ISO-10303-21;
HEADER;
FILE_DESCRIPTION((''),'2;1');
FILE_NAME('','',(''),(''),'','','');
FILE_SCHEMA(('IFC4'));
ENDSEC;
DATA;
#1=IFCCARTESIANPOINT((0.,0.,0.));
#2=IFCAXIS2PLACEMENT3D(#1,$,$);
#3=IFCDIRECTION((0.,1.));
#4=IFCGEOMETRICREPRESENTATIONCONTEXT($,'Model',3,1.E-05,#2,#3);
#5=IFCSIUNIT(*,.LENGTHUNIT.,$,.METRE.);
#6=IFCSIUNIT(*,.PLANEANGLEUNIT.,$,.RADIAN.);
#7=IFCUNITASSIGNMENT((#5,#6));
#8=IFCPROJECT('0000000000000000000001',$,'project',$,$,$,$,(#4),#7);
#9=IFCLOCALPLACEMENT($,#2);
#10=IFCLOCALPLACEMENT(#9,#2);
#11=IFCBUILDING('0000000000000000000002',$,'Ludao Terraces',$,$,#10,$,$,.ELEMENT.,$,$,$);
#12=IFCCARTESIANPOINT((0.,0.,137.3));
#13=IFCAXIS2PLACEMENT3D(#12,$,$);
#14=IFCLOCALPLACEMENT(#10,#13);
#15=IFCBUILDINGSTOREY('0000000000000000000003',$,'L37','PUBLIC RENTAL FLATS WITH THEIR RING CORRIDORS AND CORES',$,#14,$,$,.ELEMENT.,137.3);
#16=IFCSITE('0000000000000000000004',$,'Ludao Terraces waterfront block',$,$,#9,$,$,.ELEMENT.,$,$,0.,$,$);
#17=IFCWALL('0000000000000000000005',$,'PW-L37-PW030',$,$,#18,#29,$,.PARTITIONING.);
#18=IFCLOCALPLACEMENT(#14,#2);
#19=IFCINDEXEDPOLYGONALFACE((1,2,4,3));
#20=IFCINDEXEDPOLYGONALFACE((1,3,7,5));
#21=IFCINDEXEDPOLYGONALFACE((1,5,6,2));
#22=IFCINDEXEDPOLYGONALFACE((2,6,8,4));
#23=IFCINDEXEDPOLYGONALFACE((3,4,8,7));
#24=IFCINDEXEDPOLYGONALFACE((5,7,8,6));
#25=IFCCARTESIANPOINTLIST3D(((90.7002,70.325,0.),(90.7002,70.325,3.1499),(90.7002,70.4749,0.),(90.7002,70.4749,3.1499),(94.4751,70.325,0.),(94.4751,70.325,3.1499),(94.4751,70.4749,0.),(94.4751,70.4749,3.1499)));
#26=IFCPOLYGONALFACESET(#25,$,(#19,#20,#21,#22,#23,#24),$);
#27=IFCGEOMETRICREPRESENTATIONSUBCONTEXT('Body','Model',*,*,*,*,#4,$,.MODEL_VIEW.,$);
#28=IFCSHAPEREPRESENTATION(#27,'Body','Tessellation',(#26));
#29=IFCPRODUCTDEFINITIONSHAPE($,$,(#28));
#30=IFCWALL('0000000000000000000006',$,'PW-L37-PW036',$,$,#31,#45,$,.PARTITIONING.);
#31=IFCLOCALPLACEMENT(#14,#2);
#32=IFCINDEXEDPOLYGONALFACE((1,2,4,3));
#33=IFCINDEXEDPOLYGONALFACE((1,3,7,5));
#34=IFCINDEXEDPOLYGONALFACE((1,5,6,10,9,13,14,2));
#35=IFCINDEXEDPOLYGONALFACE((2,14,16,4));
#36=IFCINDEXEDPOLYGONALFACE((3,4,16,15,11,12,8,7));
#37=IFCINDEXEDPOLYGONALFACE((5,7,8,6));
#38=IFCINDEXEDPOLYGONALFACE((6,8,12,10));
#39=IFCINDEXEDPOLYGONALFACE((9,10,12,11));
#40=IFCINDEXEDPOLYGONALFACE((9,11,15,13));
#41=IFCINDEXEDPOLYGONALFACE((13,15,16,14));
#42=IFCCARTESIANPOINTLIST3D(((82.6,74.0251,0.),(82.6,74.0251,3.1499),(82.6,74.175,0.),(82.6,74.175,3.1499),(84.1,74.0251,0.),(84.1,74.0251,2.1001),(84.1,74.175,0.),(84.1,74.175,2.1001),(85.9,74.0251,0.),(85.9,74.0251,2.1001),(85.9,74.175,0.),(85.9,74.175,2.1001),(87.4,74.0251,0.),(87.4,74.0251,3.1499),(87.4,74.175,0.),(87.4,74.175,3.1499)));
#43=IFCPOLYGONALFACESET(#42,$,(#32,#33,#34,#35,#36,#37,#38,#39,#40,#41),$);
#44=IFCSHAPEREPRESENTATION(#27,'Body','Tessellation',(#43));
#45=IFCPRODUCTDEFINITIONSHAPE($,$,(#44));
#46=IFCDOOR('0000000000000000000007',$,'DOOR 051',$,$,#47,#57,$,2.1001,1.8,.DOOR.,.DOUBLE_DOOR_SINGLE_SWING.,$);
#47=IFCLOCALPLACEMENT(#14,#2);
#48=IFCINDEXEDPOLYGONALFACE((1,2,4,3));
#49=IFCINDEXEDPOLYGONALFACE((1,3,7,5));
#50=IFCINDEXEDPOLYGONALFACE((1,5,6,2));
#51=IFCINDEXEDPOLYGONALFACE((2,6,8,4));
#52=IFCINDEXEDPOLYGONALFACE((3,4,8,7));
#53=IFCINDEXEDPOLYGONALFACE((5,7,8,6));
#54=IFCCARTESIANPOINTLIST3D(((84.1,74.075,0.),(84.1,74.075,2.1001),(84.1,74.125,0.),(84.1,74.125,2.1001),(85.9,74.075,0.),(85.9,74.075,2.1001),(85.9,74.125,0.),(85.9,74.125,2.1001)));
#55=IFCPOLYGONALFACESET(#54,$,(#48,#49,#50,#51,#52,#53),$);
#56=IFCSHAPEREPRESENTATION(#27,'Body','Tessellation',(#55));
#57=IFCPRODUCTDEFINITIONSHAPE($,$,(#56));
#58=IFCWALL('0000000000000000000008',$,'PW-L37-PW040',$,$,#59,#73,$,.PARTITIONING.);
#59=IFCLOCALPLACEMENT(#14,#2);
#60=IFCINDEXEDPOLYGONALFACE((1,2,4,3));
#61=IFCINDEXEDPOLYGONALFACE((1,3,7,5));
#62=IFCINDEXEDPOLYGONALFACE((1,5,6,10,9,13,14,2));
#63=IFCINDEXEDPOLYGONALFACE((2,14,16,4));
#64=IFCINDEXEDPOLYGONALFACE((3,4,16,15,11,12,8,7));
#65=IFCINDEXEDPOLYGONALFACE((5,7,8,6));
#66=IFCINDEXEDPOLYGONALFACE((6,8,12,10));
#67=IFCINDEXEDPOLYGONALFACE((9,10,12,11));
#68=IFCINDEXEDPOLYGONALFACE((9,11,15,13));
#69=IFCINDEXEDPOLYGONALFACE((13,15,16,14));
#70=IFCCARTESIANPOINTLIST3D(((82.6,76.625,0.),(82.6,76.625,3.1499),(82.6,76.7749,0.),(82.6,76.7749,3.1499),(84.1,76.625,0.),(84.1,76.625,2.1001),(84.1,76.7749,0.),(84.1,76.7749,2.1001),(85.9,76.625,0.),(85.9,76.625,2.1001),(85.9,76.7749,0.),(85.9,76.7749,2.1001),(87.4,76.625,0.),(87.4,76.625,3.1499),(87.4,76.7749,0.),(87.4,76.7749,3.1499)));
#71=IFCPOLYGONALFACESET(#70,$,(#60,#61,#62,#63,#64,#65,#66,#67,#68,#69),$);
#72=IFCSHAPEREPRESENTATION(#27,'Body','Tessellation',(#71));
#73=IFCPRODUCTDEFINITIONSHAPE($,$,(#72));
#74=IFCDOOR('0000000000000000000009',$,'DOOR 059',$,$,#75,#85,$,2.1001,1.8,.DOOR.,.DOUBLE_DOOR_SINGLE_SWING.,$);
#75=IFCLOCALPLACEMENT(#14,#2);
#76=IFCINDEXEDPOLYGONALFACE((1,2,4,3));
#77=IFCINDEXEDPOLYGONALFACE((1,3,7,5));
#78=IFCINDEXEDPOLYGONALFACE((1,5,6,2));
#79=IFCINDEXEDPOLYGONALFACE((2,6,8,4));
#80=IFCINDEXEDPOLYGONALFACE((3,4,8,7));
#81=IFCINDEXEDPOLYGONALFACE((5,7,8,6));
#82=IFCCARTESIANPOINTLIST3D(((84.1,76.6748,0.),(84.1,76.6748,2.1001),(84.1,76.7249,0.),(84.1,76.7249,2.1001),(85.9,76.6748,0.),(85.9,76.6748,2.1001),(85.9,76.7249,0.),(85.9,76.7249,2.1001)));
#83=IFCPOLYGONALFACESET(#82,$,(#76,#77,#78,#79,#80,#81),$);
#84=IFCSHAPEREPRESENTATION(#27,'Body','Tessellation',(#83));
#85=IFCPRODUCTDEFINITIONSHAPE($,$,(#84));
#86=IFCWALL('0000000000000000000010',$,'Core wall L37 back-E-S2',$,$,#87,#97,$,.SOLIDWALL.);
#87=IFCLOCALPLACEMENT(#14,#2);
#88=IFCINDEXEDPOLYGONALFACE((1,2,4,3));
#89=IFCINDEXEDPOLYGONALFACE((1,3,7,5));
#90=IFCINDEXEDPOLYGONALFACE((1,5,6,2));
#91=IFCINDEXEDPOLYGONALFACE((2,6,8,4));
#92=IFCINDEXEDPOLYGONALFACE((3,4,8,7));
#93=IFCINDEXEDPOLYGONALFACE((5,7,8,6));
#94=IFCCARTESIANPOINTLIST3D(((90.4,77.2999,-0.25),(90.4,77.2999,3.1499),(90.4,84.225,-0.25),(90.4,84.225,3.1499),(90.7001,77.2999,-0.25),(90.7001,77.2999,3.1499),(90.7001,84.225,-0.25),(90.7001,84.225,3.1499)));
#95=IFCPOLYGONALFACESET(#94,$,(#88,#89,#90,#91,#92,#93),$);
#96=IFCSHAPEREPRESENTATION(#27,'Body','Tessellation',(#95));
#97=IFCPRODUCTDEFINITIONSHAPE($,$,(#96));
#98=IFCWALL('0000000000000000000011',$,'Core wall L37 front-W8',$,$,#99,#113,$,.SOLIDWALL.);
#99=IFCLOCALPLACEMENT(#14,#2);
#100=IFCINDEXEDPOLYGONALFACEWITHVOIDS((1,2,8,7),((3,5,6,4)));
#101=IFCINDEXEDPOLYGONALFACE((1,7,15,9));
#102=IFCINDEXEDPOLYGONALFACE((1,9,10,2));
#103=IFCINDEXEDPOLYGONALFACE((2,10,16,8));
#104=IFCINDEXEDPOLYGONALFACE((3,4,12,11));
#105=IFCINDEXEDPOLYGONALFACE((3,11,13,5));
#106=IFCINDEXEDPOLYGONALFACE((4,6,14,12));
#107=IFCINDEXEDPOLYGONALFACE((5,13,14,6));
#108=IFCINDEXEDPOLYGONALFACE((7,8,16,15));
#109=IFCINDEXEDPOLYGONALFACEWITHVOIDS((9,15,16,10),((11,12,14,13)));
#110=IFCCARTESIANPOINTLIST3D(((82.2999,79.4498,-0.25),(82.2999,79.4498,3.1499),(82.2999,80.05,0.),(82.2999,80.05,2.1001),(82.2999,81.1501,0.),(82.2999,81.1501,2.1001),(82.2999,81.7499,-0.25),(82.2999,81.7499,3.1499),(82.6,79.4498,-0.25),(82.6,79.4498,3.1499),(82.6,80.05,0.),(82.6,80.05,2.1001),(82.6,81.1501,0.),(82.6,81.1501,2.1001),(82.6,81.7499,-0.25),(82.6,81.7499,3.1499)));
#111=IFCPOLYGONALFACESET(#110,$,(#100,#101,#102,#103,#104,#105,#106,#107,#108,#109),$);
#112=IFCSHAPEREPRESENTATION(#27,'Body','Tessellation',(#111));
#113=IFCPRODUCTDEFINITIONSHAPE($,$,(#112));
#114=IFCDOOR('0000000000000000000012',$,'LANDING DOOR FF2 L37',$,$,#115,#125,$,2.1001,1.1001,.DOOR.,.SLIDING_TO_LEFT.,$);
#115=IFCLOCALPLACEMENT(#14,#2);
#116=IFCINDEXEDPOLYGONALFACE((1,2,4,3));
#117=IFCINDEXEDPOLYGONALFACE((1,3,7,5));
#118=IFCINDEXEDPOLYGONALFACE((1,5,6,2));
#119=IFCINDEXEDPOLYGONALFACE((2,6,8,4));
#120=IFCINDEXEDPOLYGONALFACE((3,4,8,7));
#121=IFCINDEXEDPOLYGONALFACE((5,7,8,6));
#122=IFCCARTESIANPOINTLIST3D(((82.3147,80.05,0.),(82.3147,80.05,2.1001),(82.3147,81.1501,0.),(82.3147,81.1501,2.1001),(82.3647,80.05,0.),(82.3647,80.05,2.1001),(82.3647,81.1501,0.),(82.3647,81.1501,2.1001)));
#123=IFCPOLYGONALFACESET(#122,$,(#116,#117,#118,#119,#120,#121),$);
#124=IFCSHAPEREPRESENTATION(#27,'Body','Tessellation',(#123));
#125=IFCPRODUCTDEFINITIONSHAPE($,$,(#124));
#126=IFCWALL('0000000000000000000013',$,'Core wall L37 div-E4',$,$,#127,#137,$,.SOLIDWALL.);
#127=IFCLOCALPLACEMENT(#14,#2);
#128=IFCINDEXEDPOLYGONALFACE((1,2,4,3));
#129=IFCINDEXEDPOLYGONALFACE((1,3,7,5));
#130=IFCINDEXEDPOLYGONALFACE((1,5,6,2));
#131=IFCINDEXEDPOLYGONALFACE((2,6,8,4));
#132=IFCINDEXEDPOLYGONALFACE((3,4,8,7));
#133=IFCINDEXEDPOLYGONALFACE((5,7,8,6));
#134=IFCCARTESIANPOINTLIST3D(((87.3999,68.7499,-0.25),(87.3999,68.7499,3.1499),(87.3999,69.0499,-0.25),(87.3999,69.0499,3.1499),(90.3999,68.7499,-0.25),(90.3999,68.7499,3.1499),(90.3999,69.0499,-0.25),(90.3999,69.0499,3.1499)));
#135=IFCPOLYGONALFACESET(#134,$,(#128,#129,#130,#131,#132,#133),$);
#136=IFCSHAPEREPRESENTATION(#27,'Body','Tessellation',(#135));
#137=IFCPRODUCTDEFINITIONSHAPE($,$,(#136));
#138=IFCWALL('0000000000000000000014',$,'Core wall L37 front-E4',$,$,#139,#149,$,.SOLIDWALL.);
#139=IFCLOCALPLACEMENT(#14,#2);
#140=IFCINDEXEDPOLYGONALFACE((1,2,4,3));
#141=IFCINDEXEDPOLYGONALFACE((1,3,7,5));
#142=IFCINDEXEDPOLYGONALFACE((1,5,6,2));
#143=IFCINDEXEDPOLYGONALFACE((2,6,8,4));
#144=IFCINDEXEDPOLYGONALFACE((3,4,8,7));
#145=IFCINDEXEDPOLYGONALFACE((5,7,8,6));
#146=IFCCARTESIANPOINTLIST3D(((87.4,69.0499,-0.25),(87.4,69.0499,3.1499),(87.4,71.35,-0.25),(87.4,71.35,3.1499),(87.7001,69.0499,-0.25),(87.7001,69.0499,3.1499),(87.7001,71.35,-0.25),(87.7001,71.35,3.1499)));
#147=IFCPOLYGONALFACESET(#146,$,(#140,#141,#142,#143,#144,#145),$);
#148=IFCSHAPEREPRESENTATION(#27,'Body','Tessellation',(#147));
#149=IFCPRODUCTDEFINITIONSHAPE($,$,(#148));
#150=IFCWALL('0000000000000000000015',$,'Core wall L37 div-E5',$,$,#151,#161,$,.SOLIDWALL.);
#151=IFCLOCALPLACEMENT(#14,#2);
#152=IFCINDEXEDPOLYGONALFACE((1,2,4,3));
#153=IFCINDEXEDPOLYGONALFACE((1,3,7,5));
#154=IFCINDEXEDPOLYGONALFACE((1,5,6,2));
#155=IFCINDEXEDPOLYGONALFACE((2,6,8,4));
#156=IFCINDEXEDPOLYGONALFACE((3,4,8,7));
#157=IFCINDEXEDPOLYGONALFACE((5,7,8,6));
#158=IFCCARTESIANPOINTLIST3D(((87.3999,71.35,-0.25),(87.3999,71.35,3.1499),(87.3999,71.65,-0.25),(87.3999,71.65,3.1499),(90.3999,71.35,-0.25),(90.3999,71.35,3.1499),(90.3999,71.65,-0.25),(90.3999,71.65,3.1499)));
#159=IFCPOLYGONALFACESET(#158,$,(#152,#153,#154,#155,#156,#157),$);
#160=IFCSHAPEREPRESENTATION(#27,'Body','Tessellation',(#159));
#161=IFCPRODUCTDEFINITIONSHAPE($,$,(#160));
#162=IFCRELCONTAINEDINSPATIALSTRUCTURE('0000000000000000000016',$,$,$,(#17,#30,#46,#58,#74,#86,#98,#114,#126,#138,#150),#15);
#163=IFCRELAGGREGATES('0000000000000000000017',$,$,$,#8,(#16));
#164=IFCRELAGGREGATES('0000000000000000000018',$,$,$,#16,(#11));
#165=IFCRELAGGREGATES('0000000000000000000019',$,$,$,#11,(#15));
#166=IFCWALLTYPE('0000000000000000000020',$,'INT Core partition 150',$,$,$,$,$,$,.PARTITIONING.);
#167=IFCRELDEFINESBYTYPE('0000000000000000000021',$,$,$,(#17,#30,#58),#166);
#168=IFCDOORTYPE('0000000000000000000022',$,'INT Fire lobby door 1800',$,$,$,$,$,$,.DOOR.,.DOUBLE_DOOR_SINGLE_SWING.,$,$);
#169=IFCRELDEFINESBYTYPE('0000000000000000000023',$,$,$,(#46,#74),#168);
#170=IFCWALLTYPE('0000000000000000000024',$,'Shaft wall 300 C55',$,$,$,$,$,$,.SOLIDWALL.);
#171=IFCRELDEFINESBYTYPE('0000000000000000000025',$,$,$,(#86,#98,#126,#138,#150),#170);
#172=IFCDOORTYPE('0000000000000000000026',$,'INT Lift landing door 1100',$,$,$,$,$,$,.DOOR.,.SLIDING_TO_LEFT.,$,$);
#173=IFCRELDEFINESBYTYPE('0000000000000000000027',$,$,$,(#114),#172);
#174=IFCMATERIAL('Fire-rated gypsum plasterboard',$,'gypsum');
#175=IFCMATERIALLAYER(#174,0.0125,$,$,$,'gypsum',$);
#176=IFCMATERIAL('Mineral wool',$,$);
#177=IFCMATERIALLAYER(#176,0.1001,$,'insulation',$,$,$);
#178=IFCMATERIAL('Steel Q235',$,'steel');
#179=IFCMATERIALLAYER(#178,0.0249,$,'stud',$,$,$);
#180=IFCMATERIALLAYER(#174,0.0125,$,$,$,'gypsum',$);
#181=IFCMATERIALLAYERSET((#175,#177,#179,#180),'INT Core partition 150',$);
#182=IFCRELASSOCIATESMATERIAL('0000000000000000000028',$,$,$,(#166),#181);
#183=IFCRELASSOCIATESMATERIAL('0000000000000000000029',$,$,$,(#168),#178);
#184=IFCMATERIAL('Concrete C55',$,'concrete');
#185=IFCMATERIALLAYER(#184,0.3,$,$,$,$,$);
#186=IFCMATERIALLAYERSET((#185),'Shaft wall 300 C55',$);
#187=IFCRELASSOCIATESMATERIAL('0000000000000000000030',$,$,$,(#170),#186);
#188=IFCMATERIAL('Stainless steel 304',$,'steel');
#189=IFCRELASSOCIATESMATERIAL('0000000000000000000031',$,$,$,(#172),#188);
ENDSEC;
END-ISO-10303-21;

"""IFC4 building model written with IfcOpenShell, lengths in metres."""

from ifc_helpers import new_model, si_unit, direction, frame, frame_2d, origin, place, context, subcontext, project, spatial, rectangle, extrude, material, layer, layer_set, type_object, element, fill, save


model = new_model("IFC4")

# Units and contexts
model_context = context("Model", 3, precision=1e-05, world=origin(), true_north=direction((0.0, 1.0)))
body_context = subcontext(model_context, "Body", "Model", "MODEL_VIEW")
ifc_project = project(units=[si_unit("LENGTHUNIT", "METRE"), si_unit("PLANEANGLEUNIT", "RADIAN")], contexts=[model_context])

# Site, building, storey
site_placement = place(None, origin())
site = spatial("IfcSite", under=ifc_project, at=site_placement, Name="Ludao Terraces waterfront block", CompositionType="ELEMENT", RefElevation=0.0)
building_placement = place(site_placement, origin())
building = spatial("IfcBuilding", under=site, at=building_placement, Name="Ludao Terraces", CompositionType="ELEMENT")
storey_placement = place(building_placement, frame((0.0, 0.0, 137.3)))
storey = spatial("IfcBuildingStorey", under=building, at=storey_placement, Name="L37", Description="PUBLIC RENTAL FLATS WITH THEIR RING CORRIDORS AND CORES", CompositionType="ELEMENT", Elevation=137.3)

# Wall
ifc_material_1 = material(Name="Fire-rated gypsum plasterboard", Category="gypsum")
ifc_layer_1 = layer(ifc_material_1, 0.0125, Category="gypsum")
ifc_material_2 = material(Name="Mineral wool")
ifc_layer_2 = layer(ifc_material_2, 0.1001, Name="insulation")
ifc_material_3 = material(Name="Steel Q235", Category="steel")
ifc_layer_3 = layer(ifc_material_3, 0.0249, Name="stud")
ifc_layer_4 = layer(ifc_material_1, 0.0125, Category="gypsum")
ifc_layer_set_1 = layer_set([ifc_layer_1, ifc_layer_2, ifc_layer_3, ifc_layer_4], Name="INT Core partition 150")
wall_type_1 = type_object("IfcWallType", Name="INT Core partition 150", PredefinedType="PARTITIONING", material=ifc_layer_set_1)
wall_1_placement = place(storey_placement, frame((90.7002, 70.3999, 0.0), z_axis=(0.0, 0.0, 1.0), x_axis=(1.0, 0.0, 0.0)))
element("IfcWall", 1, at=wall_1_placement, inside=storey, type_object=wall_type_1, Name="PW-L37-PW030", PredefinedType="PARTITIONING", context=body_context, shape_type="SweptSolid", body=[
    extrude(rectangle(XDim=3.7749, YDim=0.1499, at=frame_2d((1.8875, 0.0))), origin(), (0.0, 0.0, 1.0), 3.1499),
])

# Walls, openings, doors
wall_2_placement = place(storey_placement, frame((82.6001, 74.1001, 0.0), z_axis=(0.0, 0.0, 1.0), x_axis=(1.0, 0.0, 0.0)))
wall_2 = element("IfcWall", 2, at=wall_2_placement, inside=storey, type_object=wall_type_1, Name="PW-L37-PW036", PredefinedType="PARTITIONING", context=body_context, shape_type="SweptSolid", body=[
    extrude(rectangle(XDim=4.8, YDim=0.1499, at=frame_2d((2.3999, 0.0))), origin(), (0.0, 0.0, 1.0), 3.1499),
])
opening_1_placement = place(wall_2_placement, frame((1.5, 0.0, 0.0)))
opening_1 = element("IfcOpeningElement", 3, at=opening_1_placement, cuts=wall_2, PredefinedType="OPENING", context=body_context, shape_type="SweptSolid", body=[
    extrude(rectangle(XDim=1.8, YDim=2.1001, at=frame_2d((0.8999, 1.05))), frame((0.0, 0.085, 0.0), z_axis=(0.0, -1.0, 0.0), x_axis=(1.0, 0.0, 0.0)), (0.0, 0.0, 1.0), 0.1699),
])
door_type_1 = type_object("IfcDoorType", Name="INT Fire lobby door 1800", OperationType="DOUBLE_DOOR_SINGLE_SWING", PredefinedType="DOOR", material=ifc_material_3)
door_1_placement = place(opening_1_placement, origin())
door_1 = element("IfcDoor", 4, at=door_1_placement, inside=storey, type_object=door_type_1, Name="DOOR 051", OperationType="DOUBLE_DOOR_SINGLE_SWING", OverallHeight=2.1001, OverallWidth=1.8, PredefinedType="DOOR", context=body_context, shape_type="SweptSolid", body=[
    extrude(rectangle(XDim=1.8, YDim=2.1001, at=frame_2d((0.8999, 1.05))), frame((0.0, 0.0249, 0.0), z_axis=(0.0, -1.0, 0.0), x_axis=(1.0, 0.0, 0.0)), (0.0, 0.0, 1.0), 0.05),
])
fill(opening_1, door_1)
wall_3_placement = place(storey_placement, frame((82.6001, 76.7, 0.0), z_axis=(0.0, 0.0, 1.0), x_axis=(1.0, 0.0, 0.0)))
wall_3 = element("IfcWall", 5, at=wall_3_placement, inside=storey, type_object=wall_type_1, Name="PW-L37-PW040", PredefinedType="PARTITIONING", context=body_context, shape_type="SweptSolid", body=[
    extrude(rectangle(XDim=4.8, YDim=0.1499, at=frame_2d((2.3999, 0.0))), origin(), (0.0, 0.0, 1.0), 3.1499),
])
opening_2_placement = place(wall_3_placement, frame((1.5, 0.0, 0.0)))
opening_2 = element("IfcOpeningElement", 6, at=opening_2_placement, cuts=wall_3, PredefinedType="OPENING", context=body_context, shape_type="SweptSolid", body=[
    extrude(rectangle(XDim=1.8, YDim=2.1001, at=frame_2d((0.8999, 1.05))), frame((0.0, 0.085, 0.0), z_axis=(0.0, -1.0, 0.0), x_axis=(1.0, 0.0, 0.0)), (0.0, 0.0, 1.0), 0.1699),
])
door_2_placement = place(opening_2_placement, origin())
door_2 = element("IfcDoor", 7, at=door_2_placement, inside=storey, type_object=door_type_1, Name="DOOR 059", OperationType="DOUBLE_DOOR_SINGLE_SWING", OverallHeight=2.1001, OverallWidth=1.8, PredefinedType="DOOR", context=body_context, shape_type="SweptSolid", body=[
    extrude(rectangle(XDim=1.8, YDim=2.1001, at=frame_2d((0.8999, 1.05))), frame((0.0, 0.0249, 0.0), z_axis=(0.0, -1.0, 0.0), x_axis=(1.0, 0.0, 0.0)), (0.0, 0.0, 1.0), 0.05),
])
fill(opening_2, door_2)

# Wall
ifc_material_4 = material(Name="Concrete C55", Category="concrete")
ifc_layer_5 = layer(ifc_material_4, 0.3)
ifc_layer_set_2 = layer_set([ifc_layer_5], Name="Shaft wall 300 C55")
wall_type_2 = type_object("IfcWallType", Name="Shaft wall 300 C55", PredefinedType="SOLIDWALL", material=ifc_layer_set_2)
wall_4_placement = place(storey_placement, frame((90.55, 77.3, -0.25), z_axis=(0.0, 0.0, 1.0), x_axis=(0.0, 1.0, 0.0)))
element("IfcWall", 8, at=wall_4_placement, inside=storey, type_object=wall_type_2, Name="Core wall L37 back-E-S2", PredefinedType="SOLIDWALL", context=body_context, shape_type="SweptSolid", body=[
    extrude(rectangle(XDim=6.925, YDim=0.3, at=frame_2d((3.4624, 0.0))), origin(), (0.0, 0.0, 1.0), 3.3999),
])

# Wall, opening, door
wall_5_placement = place(storey_placement, frame((82.45, 79.45, -0.25), z_axis=(0.0, 0.0, 1.0), x_axis=(0.0, 1.0, 0.0)))
wall_5 = element("IfcWall", 9, at=wall_5_placement, inside=storey, type_object=wall_type_2, Name="Core wall L37 front-W8", PredefinedType="SOLIDWALL", context=body_context, shape_type="SweptSolid", body=[
    extrude(rectangle(XDim=2.3, YDim=0.3, at=frame_2d((1.1499, 0.0))), origin(), (0.0, 0.0, 1.0), 3.3999),
])
opening_3_placement = place(wall_5_placement, frame((0.6001, 0.0, 0.25)))
opening_3 = element("IfcOpeningElement", 10, at=opening_3_placement, cuts=wall_5, PredefinedType="OPENING", context=body_context, shape_type="SweptSolid", body=[
    extrude(rectangle(XDim=1.1001, YDim=2.1001, at=frame_2d((0.55, 1.05))), frame((0.0, 0.1602, 0.0), z_axis=(0.0, -1.0, 0.0), x_axis=(1.0, 0.0, 0.0)), (0.0, 0.0, 1.0), 0.3201),
])
ifc_material_5 = material(Name="Stainless steel 304", Category="steel")
door_type_2 = type_object("IfcDoorType", Name="INT Lift landing door 1100", OperationType="SLIDING_TO_LEFT", PredefinedType="DOOR", material=ifc_material_5)
door_3_placement = place(opening_3_placement, origin())
door_3 = element("IfcDoor", 11, at=door_3_placement, inside=storey, type_object=door_type_2, Name="LANDING DOOR FF2 L37", OperationType="SLIDING_TO_LEFT", OverallHeight=2.1001, OverallWidth=1.1001, PredefinedType="DOOR", context=body_context, shape_type="SweptSolid", body=[
    extrude(rectangle(XDim=1.1001, YDim=2.1001, at=frame_2d((0.55, 1.05))), frame((0.0, 0.1353, 0.0), z_axis=(0.0, -1.0, 0.0), x_axis=(1.0, 0.0, 0.0)), (0.0, 0.0, 1.0), 0.05),
])
fill(opening_3, door_3)

# Walls
wall_6_placement = place(storey_placement, frame((87.3999, 68.8999, -0.25), z_axis=(0.0, 0.0, 1.0), x_axis=(1.0, 0.0, 0.0)))
element("IfcWall", 12, at=wall_6_placement, inside=storey, type_object=wall_type_2, Name="Core wall L37 div-E4", PredefinedType="SOLIDWALL", context=body_context, shape_type="SweptSolid", body=[
    extrude(rectangle(XDim=3.0, YDim=0.3, at=frame_2d((1.5, 0.0))), origin(), (0.0, 0.0, 1.0), 3.3999),
])
wall_7_placement = place(storey_placement, frame((87.55, 69.05, -0.25), z_axis=(0.0, 0.0, 1.0), x_axis=(0.0, 1.0, 0.0)))
element("IfcWall", 13, at=wall_7_placement, inside=storey, type_object=wall_type_2, Name="Core wall L37 front-E4", PredefinedType="SOLIDWALL", context=body_context, shape_type="SweptSolid", body=[
    extrude(rectangle(XDim=2.3, YDim=0.3, at=frame_2d((1.1499, 0.0))), origin(), (0.0, 0.0, 1.0), 3.3999),
])
wall_8_placement = place(storey_placement, frame((87.3999, 71.5, -0.25), z_axis=(0.0, 0.0, 1.0), x_axis=(1.0, 0.0, 0.0)))
element("IfcWall", 14, at=wall_8_placement, inside=storey, type_object=wall_type_2, Name="Core wall L37 div-E5", PredefinedType="SOLIDWALL", context=body_context, shape_type="SweptSolid", body=[
    extrude(rectangle(XDim=3.0, YDim=0.3, at=frame_2d((1.5, 0.0))), origin(), (0.0, 0.0, 1.0), 3.3999),
])

save(model, "model.ifc")
